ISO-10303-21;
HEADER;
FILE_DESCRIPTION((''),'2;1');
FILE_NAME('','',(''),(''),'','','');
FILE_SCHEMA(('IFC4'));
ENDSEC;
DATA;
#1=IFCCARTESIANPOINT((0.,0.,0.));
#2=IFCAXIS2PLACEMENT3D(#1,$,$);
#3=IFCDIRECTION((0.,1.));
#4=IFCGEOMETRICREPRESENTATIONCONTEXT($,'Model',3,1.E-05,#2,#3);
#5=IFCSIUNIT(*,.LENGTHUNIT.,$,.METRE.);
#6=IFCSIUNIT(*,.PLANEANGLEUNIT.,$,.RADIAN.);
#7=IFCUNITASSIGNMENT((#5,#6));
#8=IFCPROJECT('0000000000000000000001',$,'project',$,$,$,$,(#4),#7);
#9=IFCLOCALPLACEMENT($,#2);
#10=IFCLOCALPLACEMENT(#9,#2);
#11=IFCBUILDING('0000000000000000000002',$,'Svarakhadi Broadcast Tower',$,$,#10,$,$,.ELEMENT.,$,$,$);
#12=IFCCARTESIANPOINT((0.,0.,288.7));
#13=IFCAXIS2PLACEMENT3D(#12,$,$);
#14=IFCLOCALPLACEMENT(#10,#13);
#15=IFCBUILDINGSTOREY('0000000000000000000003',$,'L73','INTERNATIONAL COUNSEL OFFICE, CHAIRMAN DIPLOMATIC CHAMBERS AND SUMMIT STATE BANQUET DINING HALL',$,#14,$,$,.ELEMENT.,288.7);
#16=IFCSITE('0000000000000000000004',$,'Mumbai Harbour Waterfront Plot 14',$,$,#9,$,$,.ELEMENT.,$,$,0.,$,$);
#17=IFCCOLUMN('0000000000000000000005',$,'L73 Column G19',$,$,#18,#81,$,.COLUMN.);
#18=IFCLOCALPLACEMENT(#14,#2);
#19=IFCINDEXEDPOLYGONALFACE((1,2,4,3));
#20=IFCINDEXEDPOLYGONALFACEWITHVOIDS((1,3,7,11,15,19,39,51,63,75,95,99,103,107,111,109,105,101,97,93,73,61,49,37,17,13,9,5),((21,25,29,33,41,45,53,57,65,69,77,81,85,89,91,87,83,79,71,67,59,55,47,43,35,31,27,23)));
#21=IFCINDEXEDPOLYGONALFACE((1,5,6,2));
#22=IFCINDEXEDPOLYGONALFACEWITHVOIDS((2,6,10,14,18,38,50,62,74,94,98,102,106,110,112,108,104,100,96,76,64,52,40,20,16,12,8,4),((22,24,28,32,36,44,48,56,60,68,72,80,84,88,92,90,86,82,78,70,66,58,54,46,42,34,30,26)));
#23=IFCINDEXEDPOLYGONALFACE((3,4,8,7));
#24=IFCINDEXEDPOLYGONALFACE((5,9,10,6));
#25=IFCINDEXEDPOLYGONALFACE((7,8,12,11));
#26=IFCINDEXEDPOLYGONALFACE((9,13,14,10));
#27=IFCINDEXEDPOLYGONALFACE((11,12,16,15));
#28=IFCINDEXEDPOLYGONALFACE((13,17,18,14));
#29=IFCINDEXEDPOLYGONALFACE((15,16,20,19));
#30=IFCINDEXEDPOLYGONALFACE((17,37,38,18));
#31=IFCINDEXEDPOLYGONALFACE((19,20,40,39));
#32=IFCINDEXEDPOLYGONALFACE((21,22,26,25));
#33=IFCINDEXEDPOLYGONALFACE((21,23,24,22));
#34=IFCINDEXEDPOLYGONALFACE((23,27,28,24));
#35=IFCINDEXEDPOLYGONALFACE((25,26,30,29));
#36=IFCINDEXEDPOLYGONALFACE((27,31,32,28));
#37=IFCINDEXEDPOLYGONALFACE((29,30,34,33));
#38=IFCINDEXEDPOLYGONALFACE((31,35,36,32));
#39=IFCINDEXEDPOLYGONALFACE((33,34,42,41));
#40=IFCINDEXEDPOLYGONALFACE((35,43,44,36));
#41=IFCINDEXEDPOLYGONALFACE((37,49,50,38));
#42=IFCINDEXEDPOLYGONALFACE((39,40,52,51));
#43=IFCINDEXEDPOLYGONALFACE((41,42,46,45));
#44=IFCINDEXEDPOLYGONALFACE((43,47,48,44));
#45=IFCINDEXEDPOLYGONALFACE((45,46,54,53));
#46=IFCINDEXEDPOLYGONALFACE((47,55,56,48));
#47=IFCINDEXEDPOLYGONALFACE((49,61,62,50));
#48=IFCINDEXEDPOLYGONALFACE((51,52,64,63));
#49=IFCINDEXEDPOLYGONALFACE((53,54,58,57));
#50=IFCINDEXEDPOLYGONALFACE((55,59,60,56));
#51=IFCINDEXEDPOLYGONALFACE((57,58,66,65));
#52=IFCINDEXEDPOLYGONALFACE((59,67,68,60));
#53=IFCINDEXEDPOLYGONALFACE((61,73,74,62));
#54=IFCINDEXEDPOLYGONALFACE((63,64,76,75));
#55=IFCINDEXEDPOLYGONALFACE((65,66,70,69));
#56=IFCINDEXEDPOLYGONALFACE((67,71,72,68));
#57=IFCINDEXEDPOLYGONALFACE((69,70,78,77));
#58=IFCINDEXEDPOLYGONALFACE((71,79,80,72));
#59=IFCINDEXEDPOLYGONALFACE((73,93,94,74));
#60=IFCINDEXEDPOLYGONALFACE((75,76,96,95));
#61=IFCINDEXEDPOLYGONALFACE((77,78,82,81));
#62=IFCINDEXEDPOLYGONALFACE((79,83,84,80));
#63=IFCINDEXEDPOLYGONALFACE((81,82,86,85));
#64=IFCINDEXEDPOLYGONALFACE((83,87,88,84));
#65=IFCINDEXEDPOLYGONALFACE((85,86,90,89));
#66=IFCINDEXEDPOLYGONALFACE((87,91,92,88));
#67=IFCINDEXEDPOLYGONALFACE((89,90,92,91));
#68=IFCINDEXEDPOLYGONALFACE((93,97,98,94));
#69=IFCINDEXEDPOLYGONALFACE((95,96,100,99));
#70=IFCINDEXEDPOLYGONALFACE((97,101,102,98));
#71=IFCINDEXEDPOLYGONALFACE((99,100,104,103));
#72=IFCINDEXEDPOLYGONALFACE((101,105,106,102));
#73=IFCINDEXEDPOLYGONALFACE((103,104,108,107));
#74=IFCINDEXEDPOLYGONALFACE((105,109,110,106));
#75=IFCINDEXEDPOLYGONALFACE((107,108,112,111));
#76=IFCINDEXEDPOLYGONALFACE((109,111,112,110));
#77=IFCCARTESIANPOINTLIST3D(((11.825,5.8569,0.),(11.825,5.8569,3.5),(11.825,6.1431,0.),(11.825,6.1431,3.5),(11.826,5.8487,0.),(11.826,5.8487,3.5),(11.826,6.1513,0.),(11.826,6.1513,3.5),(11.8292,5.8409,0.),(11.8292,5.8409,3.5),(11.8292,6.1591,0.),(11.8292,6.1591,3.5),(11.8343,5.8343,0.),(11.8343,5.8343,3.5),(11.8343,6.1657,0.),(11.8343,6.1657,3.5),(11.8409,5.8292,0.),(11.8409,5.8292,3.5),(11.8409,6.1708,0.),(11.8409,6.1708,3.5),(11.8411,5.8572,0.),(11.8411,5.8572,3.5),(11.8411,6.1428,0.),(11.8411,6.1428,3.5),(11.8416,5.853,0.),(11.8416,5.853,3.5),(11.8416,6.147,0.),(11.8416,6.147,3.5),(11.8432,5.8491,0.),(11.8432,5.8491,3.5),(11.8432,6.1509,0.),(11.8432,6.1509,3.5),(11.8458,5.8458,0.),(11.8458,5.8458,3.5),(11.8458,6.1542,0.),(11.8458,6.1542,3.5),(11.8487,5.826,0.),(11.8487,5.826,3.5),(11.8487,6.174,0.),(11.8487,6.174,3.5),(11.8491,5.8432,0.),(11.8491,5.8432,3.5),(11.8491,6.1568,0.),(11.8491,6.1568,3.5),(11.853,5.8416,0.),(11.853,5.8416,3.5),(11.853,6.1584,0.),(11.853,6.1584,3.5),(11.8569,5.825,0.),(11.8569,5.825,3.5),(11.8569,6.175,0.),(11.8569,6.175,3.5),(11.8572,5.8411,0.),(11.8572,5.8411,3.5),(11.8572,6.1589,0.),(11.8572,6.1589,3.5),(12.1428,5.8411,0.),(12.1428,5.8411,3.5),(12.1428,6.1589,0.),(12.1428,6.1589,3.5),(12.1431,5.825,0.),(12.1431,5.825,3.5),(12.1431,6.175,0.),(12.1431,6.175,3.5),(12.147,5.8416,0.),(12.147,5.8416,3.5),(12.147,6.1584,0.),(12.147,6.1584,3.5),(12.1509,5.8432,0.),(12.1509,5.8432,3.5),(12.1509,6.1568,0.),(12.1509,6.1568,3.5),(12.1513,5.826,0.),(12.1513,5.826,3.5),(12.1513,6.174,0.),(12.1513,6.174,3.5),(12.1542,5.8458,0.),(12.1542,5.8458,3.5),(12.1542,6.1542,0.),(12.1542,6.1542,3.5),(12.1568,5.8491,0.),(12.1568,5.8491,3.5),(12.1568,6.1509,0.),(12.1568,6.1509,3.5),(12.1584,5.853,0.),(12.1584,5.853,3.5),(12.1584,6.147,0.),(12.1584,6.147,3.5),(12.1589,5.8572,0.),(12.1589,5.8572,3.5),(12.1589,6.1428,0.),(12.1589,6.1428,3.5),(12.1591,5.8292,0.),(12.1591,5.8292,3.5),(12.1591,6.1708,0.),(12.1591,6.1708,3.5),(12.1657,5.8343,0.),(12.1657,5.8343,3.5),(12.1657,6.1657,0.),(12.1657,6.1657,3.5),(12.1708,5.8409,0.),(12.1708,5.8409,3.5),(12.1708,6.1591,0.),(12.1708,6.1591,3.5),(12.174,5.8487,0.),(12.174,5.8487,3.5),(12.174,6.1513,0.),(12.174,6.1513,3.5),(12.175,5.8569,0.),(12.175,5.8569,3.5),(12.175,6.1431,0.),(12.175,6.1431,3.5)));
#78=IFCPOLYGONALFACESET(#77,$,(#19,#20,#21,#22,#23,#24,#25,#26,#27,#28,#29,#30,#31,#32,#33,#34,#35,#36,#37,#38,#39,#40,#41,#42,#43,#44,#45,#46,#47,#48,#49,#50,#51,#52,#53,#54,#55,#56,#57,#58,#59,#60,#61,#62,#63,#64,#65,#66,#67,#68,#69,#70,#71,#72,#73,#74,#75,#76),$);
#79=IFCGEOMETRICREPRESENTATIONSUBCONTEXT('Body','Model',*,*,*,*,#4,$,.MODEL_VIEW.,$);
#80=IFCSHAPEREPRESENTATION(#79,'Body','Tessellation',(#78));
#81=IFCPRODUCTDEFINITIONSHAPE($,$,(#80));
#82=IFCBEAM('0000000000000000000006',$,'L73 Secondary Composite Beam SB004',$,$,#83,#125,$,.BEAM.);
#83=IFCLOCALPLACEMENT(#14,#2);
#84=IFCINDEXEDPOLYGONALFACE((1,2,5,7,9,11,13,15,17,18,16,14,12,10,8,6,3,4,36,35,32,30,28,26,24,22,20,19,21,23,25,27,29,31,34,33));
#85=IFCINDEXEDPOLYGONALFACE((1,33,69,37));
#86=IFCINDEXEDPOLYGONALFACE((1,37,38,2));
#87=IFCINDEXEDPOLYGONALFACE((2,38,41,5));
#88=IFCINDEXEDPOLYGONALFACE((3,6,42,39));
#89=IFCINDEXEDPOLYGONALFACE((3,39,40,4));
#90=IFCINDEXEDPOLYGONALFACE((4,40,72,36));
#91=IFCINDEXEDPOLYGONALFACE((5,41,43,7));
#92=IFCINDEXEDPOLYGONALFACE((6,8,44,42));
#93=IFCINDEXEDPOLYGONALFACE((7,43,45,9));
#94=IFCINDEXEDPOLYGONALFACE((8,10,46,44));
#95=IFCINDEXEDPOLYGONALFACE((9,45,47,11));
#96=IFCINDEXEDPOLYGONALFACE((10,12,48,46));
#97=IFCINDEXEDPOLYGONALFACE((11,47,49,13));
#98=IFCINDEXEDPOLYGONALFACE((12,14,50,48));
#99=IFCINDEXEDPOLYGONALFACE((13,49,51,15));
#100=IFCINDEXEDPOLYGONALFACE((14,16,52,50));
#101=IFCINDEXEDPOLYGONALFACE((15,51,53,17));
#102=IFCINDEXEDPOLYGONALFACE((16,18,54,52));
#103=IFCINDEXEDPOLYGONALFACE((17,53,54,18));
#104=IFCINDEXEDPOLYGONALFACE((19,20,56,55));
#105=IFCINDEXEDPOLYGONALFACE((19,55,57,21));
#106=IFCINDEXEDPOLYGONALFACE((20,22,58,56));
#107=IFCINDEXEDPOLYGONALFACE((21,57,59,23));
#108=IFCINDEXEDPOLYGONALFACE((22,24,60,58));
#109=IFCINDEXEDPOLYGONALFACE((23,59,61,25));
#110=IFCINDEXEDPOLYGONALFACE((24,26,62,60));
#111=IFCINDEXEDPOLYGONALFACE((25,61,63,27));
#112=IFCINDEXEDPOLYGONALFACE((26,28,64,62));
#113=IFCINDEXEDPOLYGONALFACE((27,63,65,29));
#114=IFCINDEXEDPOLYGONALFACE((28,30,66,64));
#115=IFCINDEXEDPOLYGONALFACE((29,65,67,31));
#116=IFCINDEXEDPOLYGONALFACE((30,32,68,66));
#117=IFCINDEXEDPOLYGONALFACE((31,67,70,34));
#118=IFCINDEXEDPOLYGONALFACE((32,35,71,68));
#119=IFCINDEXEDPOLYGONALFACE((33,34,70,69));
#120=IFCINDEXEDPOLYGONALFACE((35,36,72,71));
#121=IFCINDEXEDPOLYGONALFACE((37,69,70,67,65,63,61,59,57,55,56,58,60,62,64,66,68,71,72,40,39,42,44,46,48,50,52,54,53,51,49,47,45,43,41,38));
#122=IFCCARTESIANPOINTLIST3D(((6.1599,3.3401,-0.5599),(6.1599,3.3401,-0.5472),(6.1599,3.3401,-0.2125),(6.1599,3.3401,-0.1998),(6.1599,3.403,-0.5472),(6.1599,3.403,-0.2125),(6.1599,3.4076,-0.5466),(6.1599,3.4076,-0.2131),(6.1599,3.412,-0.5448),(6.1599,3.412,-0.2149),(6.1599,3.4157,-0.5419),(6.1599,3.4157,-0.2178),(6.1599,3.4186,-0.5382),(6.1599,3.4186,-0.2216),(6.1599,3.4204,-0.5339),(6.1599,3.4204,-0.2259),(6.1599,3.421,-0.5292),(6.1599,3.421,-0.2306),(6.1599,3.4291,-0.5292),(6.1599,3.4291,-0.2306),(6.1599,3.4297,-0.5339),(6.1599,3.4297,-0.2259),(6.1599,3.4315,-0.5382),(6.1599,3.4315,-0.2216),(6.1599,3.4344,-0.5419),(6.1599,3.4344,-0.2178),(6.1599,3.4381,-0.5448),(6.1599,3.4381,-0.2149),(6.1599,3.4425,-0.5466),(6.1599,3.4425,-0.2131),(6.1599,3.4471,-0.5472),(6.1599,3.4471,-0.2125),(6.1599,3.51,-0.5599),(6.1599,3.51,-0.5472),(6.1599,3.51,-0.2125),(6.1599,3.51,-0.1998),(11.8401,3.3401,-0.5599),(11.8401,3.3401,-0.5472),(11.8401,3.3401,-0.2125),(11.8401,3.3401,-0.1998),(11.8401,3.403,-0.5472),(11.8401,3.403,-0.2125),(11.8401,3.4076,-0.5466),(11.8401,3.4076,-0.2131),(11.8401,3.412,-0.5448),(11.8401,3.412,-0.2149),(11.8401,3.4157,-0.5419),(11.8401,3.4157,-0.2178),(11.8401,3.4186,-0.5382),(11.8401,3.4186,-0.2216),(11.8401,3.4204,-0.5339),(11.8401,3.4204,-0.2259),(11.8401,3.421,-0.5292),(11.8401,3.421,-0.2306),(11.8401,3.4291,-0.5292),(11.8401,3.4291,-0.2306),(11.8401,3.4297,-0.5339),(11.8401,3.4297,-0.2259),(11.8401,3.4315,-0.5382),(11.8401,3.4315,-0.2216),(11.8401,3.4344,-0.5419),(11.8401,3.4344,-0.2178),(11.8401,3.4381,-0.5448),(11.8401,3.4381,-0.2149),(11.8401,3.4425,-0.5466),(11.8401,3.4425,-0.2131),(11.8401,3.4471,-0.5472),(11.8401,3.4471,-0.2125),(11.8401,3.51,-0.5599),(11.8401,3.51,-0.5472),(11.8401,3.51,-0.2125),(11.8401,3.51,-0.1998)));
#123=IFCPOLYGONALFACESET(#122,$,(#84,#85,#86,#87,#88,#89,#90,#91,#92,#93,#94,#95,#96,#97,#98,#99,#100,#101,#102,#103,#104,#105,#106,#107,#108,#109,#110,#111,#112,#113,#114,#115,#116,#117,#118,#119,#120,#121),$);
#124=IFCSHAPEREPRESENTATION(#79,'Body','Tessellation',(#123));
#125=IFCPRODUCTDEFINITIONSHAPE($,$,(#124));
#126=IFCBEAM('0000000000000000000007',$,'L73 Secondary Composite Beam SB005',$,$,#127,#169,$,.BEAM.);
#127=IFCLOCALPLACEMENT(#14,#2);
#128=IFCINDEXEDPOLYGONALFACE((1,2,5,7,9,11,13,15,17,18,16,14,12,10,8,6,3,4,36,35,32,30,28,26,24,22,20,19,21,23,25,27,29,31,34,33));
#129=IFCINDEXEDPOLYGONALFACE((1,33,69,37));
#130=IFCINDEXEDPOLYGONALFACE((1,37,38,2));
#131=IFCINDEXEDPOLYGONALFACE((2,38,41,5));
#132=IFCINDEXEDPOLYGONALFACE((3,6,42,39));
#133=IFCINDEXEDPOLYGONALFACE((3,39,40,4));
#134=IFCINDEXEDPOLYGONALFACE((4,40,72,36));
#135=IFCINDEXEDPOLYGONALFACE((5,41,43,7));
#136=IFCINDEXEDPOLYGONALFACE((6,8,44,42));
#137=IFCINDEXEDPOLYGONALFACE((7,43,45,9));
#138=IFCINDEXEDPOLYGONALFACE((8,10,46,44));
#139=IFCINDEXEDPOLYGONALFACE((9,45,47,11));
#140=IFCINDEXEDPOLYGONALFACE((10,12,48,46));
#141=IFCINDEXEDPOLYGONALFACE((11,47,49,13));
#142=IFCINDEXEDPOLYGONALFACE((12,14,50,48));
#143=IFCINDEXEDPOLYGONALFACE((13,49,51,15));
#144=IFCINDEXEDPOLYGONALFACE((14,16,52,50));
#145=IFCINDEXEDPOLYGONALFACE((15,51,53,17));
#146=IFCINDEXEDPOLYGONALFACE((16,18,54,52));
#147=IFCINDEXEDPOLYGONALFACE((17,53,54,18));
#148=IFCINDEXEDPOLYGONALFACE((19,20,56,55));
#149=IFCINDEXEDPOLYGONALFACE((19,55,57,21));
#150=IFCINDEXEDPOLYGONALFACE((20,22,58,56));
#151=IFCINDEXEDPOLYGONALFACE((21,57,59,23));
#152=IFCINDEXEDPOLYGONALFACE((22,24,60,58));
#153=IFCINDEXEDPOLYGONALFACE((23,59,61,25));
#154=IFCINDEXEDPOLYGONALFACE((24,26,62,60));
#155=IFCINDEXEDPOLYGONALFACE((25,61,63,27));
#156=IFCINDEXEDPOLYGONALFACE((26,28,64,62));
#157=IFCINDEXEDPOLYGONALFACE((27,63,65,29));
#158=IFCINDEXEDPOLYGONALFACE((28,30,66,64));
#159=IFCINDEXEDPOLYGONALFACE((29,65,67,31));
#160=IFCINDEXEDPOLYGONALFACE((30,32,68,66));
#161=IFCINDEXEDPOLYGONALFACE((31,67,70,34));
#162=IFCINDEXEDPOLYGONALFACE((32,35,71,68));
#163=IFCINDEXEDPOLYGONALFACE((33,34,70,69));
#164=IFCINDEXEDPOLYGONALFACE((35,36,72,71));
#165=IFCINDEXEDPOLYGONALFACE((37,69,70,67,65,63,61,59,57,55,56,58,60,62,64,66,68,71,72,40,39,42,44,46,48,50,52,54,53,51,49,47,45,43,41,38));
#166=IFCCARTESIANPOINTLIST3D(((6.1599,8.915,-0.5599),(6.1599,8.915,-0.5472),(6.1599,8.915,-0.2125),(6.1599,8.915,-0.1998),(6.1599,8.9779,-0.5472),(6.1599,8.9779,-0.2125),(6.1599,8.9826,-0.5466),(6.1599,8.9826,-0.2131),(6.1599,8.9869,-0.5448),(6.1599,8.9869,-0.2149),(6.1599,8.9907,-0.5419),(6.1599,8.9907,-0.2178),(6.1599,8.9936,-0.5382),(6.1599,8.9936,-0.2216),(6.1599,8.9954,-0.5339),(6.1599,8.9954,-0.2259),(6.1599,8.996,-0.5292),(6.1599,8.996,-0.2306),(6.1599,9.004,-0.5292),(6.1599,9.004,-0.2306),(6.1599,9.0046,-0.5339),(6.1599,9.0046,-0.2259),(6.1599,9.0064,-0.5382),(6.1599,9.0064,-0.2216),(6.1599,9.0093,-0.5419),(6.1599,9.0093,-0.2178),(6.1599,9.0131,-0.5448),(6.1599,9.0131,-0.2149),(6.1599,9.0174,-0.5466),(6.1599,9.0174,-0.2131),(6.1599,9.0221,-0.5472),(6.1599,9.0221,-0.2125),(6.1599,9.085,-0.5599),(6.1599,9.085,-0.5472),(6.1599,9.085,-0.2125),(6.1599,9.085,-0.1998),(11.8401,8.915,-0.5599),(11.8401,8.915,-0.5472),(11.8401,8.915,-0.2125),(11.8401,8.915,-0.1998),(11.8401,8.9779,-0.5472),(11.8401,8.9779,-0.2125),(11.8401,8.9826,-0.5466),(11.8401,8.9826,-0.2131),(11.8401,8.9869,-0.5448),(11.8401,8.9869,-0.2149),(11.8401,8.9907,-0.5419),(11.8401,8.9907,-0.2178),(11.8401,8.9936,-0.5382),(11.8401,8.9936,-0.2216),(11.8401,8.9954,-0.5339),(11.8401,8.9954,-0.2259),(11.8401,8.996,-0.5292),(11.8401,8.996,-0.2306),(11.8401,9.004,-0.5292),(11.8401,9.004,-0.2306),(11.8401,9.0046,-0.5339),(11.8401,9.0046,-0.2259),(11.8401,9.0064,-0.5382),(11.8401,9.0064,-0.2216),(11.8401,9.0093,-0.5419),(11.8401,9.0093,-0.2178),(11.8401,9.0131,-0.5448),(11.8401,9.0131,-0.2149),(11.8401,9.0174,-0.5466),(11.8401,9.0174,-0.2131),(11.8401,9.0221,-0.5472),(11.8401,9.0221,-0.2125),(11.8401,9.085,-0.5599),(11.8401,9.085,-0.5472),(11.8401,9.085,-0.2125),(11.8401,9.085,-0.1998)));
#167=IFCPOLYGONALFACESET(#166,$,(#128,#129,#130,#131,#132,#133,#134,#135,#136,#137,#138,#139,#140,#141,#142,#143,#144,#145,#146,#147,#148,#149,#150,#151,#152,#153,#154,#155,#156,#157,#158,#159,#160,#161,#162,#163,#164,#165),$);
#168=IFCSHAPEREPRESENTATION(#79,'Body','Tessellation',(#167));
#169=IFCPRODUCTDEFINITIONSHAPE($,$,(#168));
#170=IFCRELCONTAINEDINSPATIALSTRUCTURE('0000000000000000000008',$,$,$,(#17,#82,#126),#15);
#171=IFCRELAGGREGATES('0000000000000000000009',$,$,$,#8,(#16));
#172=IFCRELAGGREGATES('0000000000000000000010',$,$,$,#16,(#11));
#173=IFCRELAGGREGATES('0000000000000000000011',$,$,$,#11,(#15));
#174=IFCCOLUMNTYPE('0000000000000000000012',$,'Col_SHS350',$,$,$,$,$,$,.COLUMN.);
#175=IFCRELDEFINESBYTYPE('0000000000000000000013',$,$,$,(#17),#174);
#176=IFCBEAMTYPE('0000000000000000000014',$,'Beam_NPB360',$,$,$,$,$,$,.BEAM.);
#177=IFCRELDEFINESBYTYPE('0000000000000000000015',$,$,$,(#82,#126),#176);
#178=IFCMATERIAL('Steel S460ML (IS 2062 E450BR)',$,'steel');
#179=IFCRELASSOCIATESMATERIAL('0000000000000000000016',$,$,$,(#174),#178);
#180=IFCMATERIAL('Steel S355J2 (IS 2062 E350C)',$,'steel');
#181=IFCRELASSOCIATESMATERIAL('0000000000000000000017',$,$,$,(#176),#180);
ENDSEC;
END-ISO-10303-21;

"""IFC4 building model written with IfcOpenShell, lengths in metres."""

from ifc_helpers import new_model, si_unit, direction, frame, origin, origin_2d, place, context, subcontext, project, spatial, hollow_rectangle, i_section, extrude, material, material_profile, profile_set, type_object, element, save


model = new_model("IFC4")

# Units and contexts
model_context = context("Model", 3, precision=1e-05, world=origin(), true_north=direction((0.0, 1.0)))
body_context = subcontext(model_context, "Body", "Model", "MODEL_VIEW")
ifc_project = project(units=[si_unit("LENGTHUNIT", "METRE"), si_unit("PLANEANGLEUNIT", "RADIAN")], contexts=[model_context])

# Site, building, storey
site_placement = place(None, origin())
site = spatial("IfcSite", under=ifc_project, at=site_placement, Name="Mumbai Harbour Waterfront Plot 14", CompositionType="ELEMENT", RefElevation=0.0)
building_placement = place(site_placement, origin())
building = spatial("IfcBuilding", under=site, at=building_placement, Name="Svarakhadi Broadcast Tower", CompositionType="ELEMENT")
storey_placement = place(building_placement, frame((0.0, 0.0, 288.7)))
storey = spatial("IfcBuildingStorey", under=building, at=storey_placement, Name="L73", Description="INTERNATIONAL COUNSEL OFFICE, CHAIRMAN DIPLOMATIC CHAMBERS AND SUMMIT STATE BANQUET DINING HALL", CompositionType="ELEMENT", Elevation=288.7)

# Column
ifc_material_1 = material(Name="Steel S460ML (IS 2062 E450BR)", Category="steel")
ifc_material_profile_1 = material_profile(ifc_material_1, hollow_rectangle(XDim=0.3501, YDim=0.3501, WallThickness=0.0161, InnerFilletRadius=0.0161, OuterFilletRadius=0.032, at=origin_2d()), Name="SHS 350x350x16")
ifc_profile_set_1 = profile_set([ifc_material_profile_1], Name="Steel S460ML (IS 2062 E450BR)")
column_type = type_object("IfcColumnType", Name="Col_SHS350", PredefinedType="COLUMN", material=ifc_profile_set_1)
for number, where, z_axis, x_axis, name in (
    (1, (12.0, 6.0, 0.0), (0.0, 0.0, 1.0), (1.0, 0.0, 0.0), "L73 Column G19"),
):
    element("IfcColumn", number, at=place(storey_placement, frame(where, z_axis=z_axis, x_axis=x_axis)), inside=storey, type_object=column_type, Name=name, PredefinedType="COLUMN", context=body_context, shape_type="SweptSolid", body=[
        extrude(hollow_rectangle(XDim=0.3501, YDim=0.3501, WallThickness=0.0161, InnerFilletRadius=0.0161, OuterFilletRadius=0.032, at=origin_2d()), origin(), (0.0, 0.0, 1.0), 3.5),
    ])

# Beams
ifc_material_2 = material(Name="Steel S355J2 (IS 2062 E350C)", Category="steel")
ifc_material_profile_2 = material_profile(ifc_material_2, i_section(OverallWidth=0.1699, OverallDepth=0.3601, WebThickness=0.0081, FlangeThickness=0.0127, FilletRadius=0.0181, at=origin_2d()), Name="NPB 360x170x57")
ifc_profile_set_2 = profile_set([ifc_material_profile_2], Name="Steel S355J2 (IS 2062 E350C)")
beam_type_1 = type_object("IfcBeamType", Name="Beam_NPB360", PredefinedType="BEAM", material=ifc_profile_set_2)
for number, where, z_axis, x_axis, name in (
    (2, (6.1599, 3.425, -0.3799), (1.0, 0.0, 0.0), (0.0, 1.0, 0.0), "L73 Secondary Composite Beam SB004"),
    (3, (6.1599, 9.0, -0.3799), (1.0, 0.0, 0.0), (0.0, 1.0, 0.0), "L73 Secondary Composite Beam SB005"),
):
    element("IfcBeam", number, at=place(storey_placement, frame(where, z_axis=z_axis, x_axis=x_axis)), inside=storey, type_object=beam_type_1, Name=name, PredefinedType="BEAM", context=body_context, shape_type="SweptSolid", body=[
        extrude(i_section(OverallWidth=0.1699, OverallDepth=0.3601, WebThickness=0.0081, FlangeThickness=0.0127, FilletRadius=0.0181, at=origin_2d()), origin(), (0.0, 0.0, 1.0), 5.6802),
    ])

save(model, "model.ifc")
